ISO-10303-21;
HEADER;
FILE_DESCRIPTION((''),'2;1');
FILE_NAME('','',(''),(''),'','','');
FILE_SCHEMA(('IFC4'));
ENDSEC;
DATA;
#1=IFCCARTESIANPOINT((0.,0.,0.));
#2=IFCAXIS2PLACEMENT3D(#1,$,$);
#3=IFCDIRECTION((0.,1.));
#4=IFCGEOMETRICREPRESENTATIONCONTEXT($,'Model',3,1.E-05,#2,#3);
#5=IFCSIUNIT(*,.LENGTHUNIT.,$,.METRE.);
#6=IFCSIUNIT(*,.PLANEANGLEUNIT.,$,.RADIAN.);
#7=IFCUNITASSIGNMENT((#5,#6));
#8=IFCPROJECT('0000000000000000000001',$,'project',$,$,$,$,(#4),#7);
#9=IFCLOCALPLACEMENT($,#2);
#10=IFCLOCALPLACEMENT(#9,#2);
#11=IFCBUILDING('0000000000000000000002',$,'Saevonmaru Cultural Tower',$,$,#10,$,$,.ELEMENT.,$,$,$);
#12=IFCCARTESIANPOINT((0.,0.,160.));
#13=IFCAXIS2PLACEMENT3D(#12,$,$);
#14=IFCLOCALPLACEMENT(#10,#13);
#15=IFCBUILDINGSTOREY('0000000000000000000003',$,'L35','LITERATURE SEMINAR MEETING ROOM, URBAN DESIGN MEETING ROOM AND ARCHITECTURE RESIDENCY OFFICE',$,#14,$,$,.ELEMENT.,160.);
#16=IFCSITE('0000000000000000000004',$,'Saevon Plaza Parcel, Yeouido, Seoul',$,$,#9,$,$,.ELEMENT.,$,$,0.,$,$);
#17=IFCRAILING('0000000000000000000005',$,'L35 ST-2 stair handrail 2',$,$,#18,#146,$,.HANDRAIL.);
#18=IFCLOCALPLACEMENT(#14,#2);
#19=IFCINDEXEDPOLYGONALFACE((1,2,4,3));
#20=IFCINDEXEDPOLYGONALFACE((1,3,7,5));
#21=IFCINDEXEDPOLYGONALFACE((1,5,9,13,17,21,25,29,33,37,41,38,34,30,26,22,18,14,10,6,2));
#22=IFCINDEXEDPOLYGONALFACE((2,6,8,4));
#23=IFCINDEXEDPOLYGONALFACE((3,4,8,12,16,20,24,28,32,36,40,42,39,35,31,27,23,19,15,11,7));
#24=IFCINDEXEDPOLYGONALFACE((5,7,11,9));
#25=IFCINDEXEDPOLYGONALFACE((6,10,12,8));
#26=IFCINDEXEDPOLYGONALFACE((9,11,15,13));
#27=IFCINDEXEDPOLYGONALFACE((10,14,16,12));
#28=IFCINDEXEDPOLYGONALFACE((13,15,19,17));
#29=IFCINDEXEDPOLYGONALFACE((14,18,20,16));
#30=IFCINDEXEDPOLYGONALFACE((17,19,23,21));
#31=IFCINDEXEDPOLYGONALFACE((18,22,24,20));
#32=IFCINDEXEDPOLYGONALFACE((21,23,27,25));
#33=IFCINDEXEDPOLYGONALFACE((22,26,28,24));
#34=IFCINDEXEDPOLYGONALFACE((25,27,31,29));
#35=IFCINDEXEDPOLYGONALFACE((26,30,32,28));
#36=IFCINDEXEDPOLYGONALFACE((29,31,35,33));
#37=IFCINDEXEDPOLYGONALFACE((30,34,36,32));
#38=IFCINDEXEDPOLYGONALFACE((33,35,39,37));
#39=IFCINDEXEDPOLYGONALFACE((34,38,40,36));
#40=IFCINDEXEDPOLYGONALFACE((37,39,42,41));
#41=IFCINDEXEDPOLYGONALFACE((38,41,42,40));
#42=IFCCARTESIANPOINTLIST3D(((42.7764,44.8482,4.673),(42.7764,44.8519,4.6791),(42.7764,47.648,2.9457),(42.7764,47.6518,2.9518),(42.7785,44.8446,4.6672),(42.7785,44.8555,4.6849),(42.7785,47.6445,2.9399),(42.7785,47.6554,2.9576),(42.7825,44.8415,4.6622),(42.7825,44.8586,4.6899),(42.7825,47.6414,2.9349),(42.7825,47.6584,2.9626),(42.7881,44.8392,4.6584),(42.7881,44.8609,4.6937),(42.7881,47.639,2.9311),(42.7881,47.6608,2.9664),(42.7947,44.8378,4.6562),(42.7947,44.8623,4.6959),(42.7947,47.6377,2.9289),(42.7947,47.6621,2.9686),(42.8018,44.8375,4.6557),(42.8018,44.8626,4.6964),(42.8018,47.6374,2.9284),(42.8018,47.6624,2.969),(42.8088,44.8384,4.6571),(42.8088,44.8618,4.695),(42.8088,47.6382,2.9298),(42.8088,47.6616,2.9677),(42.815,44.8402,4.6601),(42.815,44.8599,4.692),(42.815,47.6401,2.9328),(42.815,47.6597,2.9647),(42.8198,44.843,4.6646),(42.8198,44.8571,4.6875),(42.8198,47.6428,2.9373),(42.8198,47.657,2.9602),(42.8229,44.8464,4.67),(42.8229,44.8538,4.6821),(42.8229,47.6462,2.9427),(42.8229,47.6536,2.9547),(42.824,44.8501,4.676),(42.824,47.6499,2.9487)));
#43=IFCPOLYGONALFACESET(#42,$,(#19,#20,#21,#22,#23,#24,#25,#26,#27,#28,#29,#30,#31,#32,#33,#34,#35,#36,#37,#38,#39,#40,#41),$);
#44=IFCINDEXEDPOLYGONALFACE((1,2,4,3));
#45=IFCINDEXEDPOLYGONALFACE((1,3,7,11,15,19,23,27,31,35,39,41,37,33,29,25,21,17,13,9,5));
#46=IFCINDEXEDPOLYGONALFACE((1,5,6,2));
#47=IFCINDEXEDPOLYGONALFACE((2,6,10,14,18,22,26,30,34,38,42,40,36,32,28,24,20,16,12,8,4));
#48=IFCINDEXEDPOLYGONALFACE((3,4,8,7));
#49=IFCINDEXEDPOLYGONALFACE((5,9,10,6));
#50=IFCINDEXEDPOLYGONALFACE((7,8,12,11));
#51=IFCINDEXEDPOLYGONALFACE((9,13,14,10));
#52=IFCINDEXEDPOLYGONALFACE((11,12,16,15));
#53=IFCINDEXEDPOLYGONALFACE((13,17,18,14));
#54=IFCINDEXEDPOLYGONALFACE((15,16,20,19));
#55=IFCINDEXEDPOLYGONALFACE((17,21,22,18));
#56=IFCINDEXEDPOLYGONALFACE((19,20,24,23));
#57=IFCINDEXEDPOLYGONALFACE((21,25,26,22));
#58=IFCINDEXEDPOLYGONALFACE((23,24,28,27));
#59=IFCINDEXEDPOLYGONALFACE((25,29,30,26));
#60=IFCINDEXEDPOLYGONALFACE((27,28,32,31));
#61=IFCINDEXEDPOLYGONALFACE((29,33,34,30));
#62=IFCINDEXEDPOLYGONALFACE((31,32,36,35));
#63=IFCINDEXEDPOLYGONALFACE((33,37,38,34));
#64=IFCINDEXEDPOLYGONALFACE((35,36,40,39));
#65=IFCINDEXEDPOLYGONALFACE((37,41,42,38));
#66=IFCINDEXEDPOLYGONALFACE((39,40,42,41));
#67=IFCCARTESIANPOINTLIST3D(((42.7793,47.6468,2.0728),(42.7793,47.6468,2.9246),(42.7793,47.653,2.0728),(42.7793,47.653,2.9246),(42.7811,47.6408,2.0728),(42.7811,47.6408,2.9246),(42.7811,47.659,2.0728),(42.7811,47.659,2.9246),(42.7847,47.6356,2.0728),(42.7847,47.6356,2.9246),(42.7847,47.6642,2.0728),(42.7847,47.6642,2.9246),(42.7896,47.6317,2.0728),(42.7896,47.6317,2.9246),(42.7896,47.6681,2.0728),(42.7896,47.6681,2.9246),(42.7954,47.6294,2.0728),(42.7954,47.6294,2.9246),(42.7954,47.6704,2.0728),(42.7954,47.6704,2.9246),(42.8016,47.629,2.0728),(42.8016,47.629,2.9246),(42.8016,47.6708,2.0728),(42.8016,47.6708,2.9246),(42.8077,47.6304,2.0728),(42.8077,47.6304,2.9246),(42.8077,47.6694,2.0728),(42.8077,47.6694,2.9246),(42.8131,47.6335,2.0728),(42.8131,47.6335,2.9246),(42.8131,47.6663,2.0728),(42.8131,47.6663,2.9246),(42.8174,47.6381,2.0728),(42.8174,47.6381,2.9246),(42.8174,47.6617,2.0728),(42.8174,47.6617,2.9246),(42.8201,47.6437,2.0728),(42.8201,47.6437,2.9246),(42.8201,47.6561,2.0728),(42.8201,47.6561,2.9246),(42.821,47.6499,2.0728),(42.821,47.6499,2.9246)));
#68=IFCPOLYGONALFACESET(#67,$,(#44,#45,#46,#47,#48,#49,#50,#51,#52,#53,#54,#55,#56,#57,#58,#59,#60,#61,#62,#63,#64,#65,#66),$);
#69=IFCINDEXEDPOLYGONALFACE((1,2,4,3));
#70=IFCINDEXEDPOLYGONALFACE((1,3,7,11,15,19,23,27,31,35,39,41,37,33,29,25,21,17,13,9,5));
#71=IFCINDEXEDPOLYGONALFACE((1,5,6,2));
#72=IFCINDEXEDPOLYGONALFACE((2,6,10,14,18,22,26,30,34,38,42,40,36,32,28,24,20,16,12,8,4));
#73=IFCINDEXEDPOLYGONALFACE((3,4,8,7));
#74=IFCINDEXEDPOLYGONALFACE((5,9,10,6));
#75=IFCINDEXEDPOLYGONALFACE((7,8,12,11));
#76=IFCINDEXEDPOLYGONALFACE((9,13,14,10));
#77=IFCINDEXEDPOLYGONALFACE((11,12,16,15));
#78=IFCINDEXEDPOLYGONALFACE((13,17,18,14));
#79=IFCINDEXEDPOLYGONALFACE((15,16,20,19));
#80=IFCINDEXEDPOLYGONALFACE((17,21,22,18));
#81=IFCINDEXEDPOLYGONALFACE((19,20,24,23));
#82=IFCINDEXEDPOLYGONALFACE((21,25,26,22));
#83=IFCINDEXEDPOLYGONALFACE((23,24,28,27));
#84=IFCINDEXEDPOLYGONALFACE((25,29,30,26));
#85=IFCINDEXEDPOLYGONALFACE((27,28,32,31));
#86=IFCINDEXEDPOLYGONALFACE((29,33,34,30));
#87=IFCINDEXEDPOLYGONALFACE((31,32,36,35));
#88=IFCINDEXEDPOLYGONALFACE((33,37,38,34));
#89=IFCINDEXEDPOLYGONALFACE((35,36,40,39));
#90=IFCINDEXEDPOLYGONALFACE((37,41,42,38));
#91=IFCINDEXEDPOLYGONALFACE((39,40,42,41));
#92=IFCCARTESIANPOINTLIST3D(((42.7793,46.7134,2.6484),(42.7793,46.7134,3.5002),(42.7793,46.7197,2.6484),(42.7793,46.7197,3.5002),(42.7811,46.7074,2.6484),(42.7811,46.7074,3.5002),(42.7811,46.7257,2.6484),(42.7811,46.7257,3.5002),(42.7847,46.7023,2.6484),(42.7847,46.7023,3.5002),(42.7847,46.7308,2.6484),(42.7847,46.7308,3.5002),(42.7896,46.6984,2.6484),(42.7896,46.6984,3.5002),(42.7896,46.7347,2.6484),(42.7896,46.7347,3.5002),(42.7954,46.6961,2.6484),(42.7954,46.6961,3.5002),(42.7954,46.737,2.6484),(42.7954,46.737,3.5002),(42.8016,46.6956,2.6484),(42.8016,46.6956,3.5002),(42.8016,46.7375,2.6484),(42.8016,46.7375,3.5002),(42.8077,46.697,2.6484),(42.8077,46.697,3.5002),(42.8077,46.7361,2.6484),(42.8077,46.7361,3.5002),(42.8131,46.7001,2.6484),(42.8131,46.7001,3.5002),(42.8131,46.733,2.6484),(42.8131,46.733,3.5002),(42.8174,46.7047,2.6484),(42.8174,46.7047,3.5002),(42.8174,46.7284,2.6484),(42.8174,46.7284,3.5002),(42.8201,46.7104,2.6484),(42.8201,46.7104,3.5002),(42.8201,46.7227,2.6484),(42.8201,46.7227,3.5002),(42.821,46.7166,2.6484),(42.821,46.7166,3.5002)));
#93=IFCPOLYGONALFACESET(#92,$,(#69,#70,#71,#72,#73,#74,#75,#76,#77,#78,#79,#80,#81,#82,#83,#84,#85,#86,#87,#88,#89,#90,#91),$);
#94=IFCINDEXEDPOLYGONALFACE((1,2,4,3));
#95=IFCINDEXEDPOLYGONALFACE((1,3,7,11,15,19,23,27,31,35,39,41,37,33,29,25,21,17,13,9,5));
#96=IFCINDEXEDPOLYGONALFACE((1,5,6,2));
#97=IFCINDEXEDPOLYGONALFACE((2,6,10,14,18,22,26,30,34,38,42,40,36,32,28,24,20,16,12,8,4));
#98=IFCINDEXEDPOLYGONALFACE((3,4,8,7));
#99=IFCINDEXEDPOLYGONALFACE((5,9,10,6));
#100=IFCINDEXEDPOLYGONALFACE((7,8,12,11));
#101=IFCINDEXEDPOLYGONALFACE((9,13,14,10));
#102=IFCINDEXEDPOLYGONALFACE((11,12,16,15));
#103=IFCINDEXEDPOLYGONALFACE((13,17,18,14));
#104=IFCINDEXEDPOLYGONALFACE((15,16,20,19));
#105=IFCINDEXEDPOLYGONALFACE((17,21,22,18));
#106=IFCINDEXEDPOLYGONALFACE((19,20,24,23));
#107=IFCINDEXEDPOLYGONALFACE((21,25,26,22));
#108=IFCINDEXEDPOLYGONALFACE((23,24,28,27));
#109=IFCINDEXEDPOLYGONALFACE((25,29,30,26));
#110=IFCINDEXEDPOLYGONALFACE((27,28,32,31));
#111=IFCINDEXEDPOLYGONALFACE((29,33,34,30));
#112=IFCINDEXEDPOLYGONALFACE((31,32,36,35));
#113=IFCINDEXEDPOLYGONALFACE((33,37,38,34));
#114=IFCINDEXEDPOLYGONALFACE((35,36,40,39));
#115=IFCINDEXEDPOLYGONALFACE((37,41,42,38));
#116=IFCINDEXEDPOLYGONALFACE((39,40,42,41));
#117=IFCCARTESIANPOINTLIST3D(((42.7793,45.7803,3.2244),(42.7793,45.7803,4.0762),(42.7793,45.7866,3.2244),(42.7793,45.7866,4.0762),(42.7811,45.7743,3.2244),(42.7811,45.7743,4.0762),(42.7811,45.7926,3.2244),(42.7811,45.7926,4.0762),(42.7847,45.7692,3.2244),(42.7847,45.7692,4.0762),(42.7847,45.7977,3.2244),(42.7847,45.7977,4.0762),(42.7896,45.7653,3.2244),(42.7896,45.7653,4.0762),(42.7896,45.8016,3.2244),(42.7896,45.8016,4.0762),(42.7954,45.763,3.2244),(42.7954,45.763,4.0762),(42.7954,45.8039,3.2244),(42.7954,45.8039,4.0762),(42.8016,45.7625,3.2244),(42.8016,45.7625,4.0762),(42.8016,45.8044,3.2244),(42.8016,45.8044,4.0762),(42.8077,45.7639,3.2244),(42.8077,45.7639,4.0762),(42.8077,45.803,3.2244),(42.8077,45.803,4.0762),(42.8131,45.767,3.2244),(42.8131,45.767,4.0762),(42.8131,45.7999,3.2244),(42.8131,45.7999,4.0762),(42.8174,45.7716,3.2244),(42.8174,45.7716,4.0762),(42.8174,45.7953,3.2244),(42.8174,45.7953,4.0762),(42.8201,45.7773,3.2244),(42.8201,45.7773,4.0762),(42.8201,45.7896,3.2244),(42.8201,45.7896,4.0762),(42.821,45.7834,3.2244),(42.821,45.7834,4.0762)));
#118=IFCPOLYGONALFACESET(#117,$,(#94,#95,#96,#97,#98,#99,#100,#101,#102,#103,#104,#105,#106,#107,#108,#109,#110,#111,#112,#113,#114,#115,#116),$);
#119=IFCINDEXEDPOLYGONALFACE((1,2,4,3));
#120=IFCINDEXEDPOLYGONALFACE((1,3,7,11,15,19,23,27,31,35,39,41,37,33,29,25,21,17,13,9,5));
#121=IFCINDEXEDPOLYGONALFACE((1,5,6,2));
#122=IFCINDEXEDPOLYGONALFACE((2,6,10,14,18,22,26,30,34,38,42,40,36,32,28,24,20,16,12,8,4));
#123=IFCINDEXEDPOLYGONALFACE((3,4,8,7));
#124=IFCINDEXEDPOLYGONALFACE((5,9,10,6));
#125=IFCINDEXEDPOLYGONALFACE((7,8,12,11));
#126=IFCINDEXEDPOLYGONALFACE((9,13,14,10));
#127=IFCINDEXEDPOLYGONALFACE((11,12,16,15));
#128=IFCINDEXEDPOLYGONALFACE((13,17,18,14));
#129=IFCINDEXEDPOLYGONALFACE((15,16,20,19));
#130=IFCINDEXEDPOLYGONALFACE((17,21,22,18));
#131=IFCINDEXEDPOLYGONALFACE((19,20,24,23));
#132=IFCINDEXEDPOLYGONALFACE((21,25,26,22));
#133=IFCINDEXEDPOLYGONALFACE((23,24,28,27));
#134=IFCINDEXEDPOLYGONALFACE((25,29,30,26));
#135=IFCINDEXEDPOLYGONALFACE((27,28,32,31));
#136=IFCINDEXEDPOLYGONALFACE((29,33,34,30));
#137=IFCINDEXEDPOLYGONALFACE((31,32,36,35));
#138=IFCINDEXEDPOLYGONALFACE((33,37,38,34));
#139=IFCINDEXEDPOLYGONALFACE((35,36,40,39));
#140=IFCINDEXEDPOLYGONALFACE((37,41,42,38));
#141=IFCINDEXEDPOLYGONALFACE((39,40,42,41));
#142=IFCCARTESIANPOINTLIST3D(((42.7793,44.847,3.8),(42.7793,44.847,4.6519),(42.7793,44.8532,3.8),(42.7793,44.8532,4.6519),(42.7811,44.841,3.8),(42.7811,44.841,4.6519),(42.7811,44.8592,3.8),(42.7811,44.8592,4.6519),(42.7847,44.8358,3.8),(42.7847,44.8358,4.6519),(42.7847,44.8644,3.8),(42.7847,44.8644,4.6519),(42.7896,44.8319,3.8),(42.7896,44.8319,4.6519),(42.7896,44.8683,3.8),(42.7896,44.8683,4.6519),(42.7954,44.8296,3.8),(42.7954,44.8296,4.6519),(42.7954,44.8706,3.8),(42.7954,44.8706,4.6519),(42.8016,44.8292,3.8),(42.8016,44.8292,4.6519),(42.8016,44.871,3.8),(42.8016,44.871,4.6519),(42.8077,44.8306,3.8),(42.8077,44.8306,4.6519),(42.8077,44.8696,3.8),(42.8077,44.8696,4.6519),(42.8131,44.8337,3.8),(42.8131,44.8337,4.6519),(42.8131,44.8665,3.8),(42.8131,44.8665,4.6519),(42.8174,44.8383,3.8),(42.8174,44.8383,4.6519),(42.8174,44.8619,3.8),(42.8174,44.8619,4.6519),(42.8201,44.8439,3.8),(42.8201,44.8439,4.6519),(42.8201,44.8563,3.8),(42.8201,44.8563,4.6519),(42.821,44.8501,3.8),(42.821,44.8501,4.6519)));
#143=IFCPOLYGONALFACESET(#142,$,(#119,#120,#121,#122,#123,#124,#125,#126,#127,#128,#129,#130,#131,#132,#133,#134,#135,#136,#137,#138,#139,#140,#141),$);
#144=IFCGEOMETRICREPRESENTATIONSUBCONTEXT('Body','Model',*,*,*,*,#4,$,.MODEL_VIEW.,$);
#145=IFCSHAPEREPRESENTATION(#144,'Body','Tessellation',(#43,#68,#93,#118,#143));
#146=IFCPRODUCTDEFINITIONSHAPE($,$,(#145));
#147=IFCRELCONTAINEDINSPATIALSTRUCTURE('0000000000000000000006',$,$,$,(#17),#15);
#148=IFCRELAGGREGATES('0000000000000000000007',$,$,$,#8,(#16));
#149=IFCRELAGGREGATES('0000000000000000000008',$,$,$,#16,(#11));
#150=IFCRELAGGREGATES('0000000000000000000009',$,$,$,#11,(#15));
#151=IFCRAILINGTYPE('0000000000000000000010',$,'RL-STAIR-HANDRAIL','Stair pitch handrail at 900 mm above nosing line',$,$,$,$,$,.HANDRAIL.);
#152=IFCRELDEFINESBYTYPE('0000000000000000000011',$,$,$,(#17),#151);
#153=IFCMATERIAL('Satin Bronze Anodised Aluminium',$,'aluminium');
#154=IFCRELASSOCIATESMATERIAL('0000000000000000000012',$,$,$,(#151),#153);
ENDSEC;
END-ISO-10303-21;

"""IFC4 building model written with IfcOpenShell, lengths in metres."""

from ifc_helpers import new_model, si_unit, direction, frame, origin, origin_2d, place, context, subcontext, project, spatial, circle, extrude, material, type_object, element, save


model = new_model("IFC4")

# Units and contexts
model_context = context("Model", 3, precision=1e-05, world=origin(), true_north=direction((0.0, 1.0)))
body_context = subcontext(model_context, "Body", "Model", "MODEL_VIEW")
ifc_project = project(units=[si_unit("LENGTHUNIT", "METRE"), si_unit("PLANEANGLEUNIT", "RADIAN")], contexts=[model_context])

# Site, building, storey
site_placement = place(None, origin())
site = spatial("IfcSite", under=ifc_project, at=site_placement, Name="Saevon Plaza Parcel, Yeouido, Seoul", CompositionType="ELEMENT", RefElevation=0.0)
building_placement = place(site_placement, origin())
building = spatial("IfcBuilding", under=site, at=building_placement, Name="Saevonmaru Cultural Tower", CompositionType="ELEMENT")
storey_placement = place(building_placement, frame((0.0, 0.0, 160.0)))
storey = spatial("IfcBuildingStorey", under=building, at=storey_placement, Name="L35", Description="LITERATURE SEMINAR MEETING ROOM, URBAN DESIGN MEETING ROOM AND ARCHITECTURE RESIDENCY OFFICE", CompositionType="ELEMENT", Elevation=160.0)

# Shared definitions
ifc_material_1 = material(Name="Satin Bronze Anodised Aluminium", Category="aluminium")

# Railing
railing_type_1 = type_object("IfcRailingType", Name="RL-STAIR-HANDRAIL", Description="Stair pitch handrail at 900 mm above nosing line", PredefinedType="HANDRAIL", material=ifc_material_1)
railing_1_placement = place(storey_placement, frame((42.8, 47.6499, 2.0728)))
element("IfcRailing", 1, at=railing_1_placement, inside=storey, type_object=railing_type_1, Name="L35 ST-2 stair handrail 2", PredefinedType="HANDRAIL", context=body_context, shape_type="SweptSolid", body=[
    extrude(circle(Radius=0.0239, at=origin_2d()), frame((0.0, 0.0, 0.876), z_axis=(0.0, -0.851069, 0.525054), x_axis=(1.0, 0.0, 0.0)), (0.0, 0.0, 1.0), 3.2898),
    extrude(circle(Radius=0.021, at=origin_2d()), origin(), (0.0, 0.0, 1.0), 0.8518),
    extrude(circle(Radius=0.021, at=origin_2d()), frame((0.0, -0.9333, 0.5757)), (0.0, 0.0, 1.0), 0.8518),
    extrude(circle(Radius=0.021, at=origin_2d()), frame((0.0, -1.8665, 1.1516)), (0.0, 0.0, 1.0), 0.8518),
    extrude(circle(Radius=0.021, at=origin_2d()), frame((0.0, -2.7998, 1.7273)), (0.0, 0.0, 1.0), 0.8518),
])

save(model, "model.ifc")
